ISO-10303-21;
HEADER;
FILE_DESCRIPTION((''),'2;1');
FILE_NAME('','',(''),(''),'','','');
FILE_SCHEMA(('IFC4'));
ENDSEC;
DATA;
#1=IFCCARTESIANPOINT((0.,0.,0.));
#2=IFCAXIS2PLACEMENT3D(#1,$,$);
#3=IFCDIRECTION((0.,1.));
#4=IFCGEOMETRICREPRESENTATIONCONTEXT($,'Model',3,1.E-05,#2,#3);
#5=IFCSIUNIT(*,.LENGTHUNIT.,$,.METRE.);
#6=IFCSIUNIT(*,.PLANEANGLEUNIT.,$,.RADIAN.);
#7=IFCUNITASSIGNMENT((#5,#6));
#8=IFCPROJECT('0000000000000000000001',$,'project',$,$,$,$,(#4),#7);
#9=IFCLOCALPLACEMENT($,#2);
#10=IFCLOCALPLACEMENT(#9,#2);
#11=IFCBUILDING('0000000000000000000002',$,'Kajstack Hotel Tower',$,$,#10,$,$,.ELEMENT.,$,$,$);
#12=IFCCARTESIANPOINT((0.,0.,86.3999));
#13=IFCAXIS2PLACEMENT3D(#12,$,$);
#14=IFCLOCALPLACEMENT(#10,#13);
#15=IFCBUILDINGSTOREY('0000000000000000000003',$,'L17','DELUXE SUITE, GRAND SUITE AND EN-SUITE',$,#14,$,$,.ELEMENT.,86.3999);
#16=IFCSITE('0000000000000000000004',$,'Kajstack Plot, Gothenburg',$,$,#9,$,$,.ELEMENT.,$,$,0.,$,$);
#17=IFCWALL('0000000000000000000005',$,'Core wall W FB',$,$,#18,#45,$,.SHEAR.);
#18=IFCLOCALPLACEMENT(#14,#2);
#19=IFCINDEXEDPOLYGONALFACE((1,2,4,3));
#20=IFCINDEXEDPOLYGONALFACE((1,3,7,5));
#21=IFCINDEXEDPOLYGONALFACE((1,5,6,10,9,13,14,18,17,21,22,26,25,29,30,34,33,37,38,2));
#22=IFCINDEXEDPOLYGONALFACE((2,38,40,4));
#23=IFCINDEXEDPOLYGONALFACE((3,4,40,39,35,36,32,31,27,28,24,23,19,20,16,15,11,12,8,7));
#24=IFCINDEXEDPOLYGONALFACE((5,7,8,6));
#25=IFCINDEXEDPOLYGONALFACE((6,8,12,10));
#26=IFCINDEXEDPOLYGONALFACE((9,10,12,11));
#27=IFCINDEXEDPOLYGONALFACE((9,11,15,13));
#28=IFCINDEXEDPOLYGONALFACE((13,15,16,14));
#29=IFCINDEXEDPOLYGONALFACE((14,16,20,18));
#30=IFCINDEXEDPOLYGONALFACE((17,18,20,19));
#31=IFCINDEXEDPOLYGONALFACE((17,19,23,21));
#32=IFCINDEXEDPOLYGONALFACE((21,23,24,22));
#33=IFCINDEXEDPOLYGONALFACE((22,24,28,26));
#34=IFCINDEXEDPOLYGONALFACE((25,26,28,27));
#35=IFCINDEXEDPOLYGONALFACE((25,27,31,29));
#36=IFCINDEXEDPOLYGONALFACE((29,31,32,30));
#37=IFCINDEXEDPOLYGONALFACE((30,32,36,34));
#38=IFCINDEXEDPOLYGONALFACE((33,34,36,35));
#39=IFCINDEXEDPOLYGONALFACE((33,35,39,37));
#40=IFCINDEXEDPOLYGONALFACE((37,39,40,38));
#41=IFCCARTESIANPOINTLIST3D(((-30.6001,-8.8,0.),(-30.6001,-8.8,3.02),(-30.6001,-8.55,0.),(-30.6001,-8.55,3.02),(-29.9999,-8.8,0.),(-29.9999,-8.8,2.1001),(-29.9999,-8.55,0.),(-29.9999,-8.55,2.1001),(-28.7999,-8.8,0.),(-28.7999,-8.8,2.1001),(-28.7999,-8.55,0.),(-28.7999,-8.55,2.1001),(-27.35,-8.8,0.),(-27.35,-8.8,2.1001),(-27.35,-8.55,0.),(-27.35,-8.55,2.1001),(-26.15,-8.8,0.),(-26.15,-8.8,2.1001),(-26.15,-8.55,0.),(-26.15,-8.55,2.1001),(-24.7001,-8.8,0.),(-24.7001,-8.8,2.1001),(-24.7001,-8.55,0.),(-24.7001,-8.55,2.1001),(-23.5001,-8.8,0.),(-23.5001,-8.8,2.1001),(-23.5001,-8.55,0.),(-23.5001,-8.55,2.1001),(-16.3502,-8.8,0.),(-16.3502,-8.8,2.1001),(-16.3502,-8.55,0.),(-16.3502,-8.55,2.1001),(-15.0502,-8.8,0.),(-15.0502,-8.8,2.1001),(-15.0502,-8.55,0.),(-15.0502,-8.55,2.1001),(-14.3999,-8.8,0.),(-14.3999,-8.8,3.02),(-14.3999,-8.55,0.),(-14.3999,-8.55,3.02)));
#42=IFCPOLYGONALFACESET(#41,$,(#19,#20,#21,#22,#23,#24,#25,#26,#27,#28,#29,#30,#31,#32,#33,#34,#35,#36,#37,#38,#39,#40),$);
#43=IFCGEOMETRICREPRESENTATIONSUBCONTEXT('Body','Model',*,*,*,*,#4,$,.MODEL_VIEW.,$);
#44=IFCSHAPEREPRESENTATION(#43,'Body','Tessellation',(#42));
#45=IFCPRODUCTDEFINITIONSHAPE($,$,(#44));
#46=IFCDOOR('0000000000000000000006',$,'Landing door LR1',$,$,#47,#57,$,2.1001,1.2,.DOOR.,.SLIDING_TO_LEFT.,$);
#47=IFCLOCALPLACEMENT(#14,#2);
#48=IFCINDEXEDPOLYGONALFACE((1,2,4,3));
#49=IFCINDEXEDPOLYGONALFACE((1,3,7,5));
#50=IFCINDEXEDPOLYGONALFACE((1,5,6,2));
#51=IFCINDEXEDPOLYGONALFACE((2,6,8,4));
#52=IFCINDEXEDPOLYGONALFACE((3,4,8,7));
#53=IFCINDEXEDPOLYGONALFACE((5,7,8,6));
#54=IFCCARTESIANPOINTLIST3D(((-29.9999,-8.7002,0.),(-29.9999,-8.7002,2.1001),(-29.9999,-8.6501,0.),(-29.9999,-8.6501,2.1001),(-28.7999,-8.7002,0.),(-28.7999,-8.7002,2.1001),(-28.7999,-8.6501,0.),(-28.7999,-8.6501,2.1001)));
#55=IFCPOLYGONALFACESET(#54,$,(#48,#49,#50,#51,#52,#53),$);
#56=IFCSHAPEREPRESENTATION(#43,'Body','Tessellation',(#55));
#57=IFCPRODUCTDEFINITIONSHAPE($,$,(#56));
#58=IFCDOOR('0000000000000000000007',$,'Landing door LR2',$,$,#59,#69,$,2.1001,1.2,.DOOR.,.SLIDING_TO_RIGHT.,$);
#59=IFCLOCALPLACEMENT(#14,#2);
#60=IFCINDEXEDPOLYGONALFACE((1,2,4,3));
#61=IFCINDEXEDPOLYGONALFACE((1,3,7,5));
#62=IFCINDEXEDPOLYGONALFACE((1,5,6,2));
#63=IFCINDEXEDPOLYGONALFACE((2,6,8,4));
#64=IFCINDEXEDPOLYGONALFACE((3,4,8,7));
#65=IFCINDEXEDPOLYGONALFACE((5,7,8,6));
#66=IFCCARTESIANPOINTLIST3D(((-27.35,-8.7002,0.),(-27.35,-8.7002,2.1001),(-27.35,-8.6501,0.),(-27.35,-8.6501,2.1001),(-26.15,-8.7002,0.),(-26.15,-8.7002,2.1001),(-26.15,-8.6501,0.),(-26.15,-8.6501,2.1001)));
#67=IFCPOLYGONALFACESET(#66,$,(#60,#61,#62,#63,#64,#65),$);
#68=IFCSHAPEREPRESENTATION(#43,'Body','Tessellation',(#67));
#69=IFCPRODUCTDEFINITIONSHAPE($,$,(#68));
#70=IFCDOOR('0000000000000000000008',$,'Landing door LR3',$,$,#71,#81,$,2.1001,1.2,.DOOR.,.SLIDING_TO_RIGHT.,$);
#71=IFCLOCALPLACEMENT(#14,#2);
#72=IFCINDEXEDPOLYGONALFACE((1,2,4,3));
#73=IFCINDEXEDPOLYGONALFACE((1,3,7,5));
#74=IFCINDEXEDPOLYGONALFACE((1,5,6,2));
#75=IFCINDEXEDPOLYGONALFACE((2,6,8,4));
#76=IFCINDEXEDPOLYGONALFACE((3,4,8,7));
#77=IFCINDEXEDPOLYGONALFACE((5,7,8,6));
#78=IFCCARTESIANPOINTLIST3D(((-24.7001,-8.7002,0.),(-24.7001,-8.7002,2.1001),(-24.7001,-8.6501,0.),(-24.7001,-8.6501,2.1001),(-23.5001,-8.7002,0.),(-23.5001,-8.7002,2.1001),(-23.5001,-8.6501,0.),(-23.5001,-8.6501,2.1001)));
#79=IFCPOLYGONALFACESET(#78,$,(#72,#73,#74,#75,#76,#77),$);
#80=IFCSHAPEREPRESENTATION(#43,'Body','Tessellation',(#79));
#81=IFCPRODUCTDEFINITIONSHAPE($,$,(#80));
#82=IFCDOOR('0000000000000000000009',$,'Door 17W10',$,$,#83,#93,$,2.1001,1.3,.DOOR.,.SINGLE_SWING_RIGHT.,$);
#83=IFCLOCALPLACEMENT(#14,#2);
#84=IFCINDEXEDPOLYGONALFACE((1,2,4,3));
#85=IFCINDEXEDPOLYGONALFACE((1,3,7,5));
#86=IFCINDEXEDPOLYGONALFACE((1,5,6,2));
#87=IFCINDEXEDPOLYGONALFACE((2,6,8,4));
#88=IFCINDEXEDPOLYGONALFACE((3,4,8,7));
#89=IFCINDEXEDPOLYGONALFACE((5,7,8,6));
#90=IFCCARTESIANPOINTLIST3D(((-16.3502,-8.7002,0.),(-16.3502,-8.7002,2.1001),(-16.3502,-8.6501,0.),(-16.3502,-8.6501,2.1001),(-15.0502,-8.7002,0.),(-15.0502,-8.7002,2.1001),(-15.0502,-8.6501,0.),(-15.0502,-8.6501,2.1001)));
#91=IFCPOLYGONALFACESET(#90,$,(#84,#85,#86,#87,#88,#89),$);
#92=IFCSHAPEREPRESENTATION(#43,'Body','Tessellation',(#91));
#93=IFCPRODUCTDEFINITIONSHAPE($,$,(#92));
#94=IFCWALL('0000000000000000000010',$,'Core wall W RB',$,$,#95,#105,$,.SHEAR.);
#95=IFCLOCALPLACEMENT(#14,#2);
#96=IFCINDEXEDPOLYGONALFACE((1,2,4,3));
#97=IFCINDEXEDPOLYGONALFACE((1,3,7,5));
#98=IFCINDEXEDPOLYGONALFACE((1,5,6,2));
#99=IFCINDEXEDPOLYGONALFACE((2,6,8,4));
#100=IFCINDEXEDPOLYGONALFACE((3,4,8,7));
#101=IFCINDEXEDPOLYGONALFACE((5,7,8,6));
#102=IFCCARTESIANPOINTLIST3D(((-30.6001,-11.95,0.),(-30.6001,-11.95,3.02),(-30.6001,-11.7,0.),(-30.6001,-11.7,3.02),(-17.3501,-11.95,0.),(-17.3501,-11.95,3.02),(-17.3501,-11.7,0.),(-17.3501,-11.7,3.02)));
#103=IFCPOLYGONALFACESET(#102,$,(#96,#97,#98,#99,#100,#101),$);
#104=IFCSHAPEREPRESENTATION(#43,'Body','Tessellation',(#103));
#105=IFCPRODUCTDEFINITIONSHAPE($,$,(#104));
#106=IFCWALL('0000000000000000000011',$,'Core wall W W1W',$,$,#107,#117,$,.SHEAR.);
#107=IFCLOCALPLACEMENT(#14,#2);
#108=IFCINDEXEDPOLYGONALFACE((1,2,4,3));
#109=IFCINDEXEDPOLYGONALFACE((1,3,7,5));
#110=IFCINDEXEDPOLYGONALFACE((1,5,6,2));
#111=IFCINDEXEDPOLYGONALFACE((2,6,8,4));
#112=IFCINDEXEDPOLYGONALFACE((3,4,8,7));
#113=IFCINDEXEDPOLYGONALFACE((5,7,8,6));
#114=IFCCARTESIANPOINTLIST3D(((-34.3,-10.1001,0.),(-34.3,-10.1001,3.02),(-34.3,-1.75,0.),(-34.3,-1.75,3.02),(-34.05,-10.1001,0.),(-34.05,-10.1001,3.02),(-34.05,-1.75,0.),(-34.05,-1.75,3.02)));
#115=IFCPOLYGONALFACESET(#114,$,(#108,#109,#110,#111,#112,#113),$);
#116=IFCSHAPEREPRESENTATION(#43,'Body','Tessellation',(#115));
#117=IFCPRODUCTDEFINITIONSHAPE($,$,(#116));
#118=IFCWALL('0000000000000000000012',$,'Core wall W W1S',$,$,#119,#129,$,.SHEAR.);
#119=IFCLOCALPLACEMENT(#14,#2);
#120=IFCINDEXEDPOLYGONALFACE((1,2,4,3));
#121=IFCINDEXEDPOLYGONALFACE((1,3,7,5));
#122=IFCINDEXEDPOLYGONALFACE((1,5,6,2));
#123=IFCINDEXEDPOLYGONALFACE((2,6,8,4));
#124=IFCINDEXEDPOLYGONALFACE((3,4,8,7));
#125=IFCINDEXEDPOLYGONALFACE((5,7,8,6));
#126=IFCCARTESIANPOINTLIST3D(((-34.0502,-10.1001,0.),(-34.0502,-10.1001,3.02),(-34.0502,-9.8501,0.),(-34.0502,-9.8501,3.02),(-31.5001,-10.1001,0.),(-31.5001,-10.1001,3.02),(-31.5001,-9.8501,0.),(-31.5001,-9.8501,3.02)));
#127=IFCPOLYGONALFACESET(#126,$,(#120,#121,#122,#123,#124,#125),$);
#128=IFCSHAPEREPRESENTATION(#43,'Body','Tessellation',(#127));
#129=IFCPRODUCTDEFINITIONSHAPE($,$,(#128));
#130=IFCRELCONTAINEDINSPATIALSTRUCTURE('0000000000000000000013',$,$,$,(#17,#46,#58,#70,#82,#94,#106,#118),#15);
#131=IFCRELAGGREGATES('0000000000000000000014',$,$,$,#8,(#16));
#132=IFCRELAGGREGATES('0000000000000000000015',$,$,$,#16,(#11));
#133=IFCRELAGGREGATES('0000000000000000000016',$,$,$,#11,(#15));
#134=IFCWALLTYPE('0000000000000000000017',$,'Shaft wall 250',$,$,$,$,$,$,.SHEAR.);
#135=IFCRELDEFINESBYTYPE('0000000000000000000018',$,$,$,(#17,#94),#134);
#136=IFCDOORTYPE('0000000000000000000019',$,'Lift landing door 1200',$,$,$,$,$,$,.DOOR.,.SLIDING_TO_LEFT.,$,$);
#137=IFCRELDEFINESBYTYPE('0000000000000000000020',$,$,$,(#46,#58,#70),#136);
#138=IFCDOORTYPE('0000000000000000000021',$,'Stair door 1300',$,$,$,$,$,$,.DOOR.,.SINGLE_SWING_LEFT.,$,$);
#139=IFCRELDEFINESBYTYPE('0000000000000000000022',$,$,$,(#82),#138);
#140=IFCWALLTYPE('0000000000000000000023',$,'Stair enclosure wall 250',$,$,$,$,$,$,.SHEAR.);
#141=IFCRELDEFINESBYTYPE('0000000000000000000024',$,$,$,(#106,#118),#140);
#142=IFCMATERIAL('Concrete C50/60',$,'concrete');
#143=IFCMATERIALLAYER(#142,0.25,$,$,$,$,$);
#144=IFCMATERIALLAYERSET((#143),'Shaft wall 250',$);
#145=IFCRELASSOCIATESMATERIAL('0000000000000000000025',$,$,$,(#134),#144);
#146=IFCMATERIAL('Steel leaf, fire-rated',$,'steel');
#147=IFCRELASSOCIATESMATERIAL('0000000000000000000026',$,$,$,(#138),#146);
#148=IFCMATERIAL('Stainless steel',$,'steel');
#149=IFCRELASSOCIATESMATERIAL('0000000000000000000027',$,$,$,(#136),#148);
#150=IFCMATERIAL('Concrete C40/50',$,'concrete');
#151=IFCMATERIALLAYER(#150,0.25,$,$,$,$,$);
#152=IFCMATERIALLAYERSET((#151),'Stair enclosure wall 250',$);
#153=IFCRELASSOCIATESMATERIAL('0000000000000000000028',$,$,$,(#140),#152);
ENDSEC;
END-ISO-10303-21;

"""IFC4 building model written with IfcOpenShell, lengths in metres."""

from ifc_helpers import new_model, si_unit, direction, frame, frame_2d, origin, place, context, subcontext, project, spatial, rectangle, extrude, material, layer, layer_set, type_object, element, fill, save


model = new_model("IFC4")

# Units and contexts
model_context = context("Model", 3, precision=1e-05, world=origin(), true_north=direction((0.0, 1.0)))
body_context = subcontext(model_context, "Body", "Model", "MODEL_VIEW")
ifc_project = project(units=[si_unit("LENGTHUNIT", "METRE"), si_unit("PLANEANGLEUNIT", "RADIAN")], contexts=[model_context])

# Site, building, storey
site_placement = place(None, origin())
site = spatial("IfcSite", under=ifc_project, at=site_placement, Name="Kajstack Plot, Gothenburg", CompositionType="ELEMENT", RefElevation=0.0)
building_placement = place(site_placement, origin())
building = spatial("IfcBuilding", under=site, at=building_placement, Name="Kajstack Hotel Tower", CompositionType="ELEMENT")
storey_placement = place(building_placement, frame((0.0, 0.0, 86.3999)))
storey = spatial("IfcBuildingStorey", under=building, at=storey_placement, Name="L17", Description="DELUXE SUITE, GRAND SUITE AND EN-SUITE", CompositionType="ELEMENT", Elevation=86.3999)

# Shared definitions
ifc_material_1 = material(Name="Stainless steel", Category="steel")

# Shared definitions
ifc_material_2 = material(Name="Concrete C40/50", Category="concrete")

# Shared definitions
ifc_material_3 = material(Name="Concrete C50/60", Category="concrete")
ifc_layer_1 = layer(ifc_material_3, 0.25)
ifc_layer_set_1 = layer_set([ifc_layer_1], Name="Shaft wall 250")
wall_type_1 = type_object("IfcWallType", Name="Shaft wall 250", PredefinedType="SHEAR", material=ifc_layer_set_1)
ifc_material_4 = material(Name="Steel leaf, fire-rated", Category="steel")
door_type_1 = type_object("IfcDoorType", Name="Stair door 1300", OperationType="SINGLE_SWING_LEFT", PredefinedType="DOOR", material=ifc_material_4)

# Wall, openings, doors
wall_1_placement = place(storey_placement, frame((-30.6001, -8.675, 0.0), z_axis=(0.0, 0.0, 1.0), x_axis=(1.0, 0.0, 0.0)))
wall_1 = element("IfcWall", 1, at=wall_1_placement, inside=storey, type_object=wall_type_1, Name="Core wall W FB", PredefinedType="SHEAR", context=body_context, shape_type="SweptSolid", body=[
    extrude(rectangle(XDim=16.2002, YDim=0.25, at=frame_2d((8.1001, 0.0))), origin(), (0.0, 0.0, 1.0), 3.02),
])
opening_1_placement = place(wall_1_placement, frame((0.6001, 0.0, 0.0)))
opening_1 = element("IfcOpeningElement", 2, at=opening_1_placement, cuts=wall_1, PredefinedType="OPENING", context=body_context, shape_type="SweptSolid", body=[
    extrude(rectangle(XDim=1.2, YDim=2.1001, at=frame_2d((0.6001, 1.05))), frame((0.0, 0.135, 0.0), z_axis=(0.0, -1.0, 0.0), x_axis=(1.0, 0.0, 0.0)), (0.0, 0.0, 1.0), 0.27),
])
opening_2_placement = place(wall_1_placement, frame((3.25, 0.0, 0.0)))
opening_2 = element("IfcOpeningElement", 3, at=opening_2_placement, cuts=wall_1, PredefinedType="OPENING", context=body_context, shape_type="SweptSolid", body=[
    extrude(rectangle(XDim=1.2, YDim=2.1001, at=frame_2d((0.6001, 1.05))), frame((0.0, 0.135, 0.0), z_axis=(0.0, -1.0, 0.0), x_axis=(1.0, 0.0, 0.0)), (0.0, 0.0, 1.0), 0.27),
])
opening_3_placement = place(wall_1_placement, frame((5.8999, 0.0, 0.0)))
opening_3 = element("IfcOpeningElement", 4, at=opening_3_placement, cuts=wall_1, PredefinedType="OPENING", context=body_context, shape_type="SweptSolid", body=[
    extrude(rectangle(XDim=1.2, YDim=2.1001, at=frame_2d((0.6001, 1.05))), frame((0.0, 0.135, 0.0), z_axis=(0.0, -1.0, 0.0), x_axis=(1.0, 0.0, 0.0)), (0.0, 0.0, 1.0), 0.27),
])
opening_4_placement = place(wall_1_placement, frame((14.25, 0.0, 0.0)))
opening_4 = element("IfcOpeningElement", 5, at=opening_4_placement, cuts=wall_1, PredefinedType="OPENING", context=body_context, shape_type="SweptSolid", body=[
    extrude(rectangle(XDim=1.3, YDim=2.1001, at=frame_2d((0.6499, 1.05))), frame((0.0, 0.135, 0.0), z_axis=(0.0, -1.0, 0.0), x_axis=(1.0, 0.0, 0.0)), (0.0, 0.0, 1.0), 0.27),
])
door_type_2 = type_object("IfcDoorType", Name="Lift landing door 1200", OperationType="SLIDING_TO_LEFT", PredefinedType="DOOR", material=ifc_material_1)
door_1_placement = place(opening_1_placement, origin())
door_1 = element("IfcDoor", 6, at=door_1_placement, inside=storey, type_object=door_type_2, Name="Landing door LR1", OperationType="SLIDING_TO_LEFT", OverallHeight=2.1001, OverallWidth=1.2, PredefinedType="DOOR", context=body_context, shape_type="SweptSolid", body=[
    extrude(rectangle(XDim=1.2, YDim=2.1001, at=frame_2d((0.6001, 1.05))), frame((0.0, 0.0249, 0.0), z_axis=(0.0, -1.0, 0.0), x_axis=(1.0, 0.0, 0.0)), (0.0, 0.0, 1.0), 0.05),
])
fill(opening_1, door_1)
door_2_placement = place(opening_2_placement, origin())
door_2 = element("IfcDoor", 7, at=door_2_placement, inside=storey, type_object=door_type_2, Name="Landing door LR2", OperationType="SLIDING_TO_RIGHT", OverallHeight=2.1001, OverallWidth=1.2, PredefinedType="DOOR", context=body_context, shape_type="SweptSolid", body=[
    extrude(rectangle(XDim=1.2, YDim=2.1001, at=frame_2d((0.6001, 1.05))), frame((0.0, 0.0249, 0.0), z_axis=(0.0, -1.0, 0.0), x_axis=(1.0, 0.0, 0.0)), (0.0, 0.0, 1.0), 0.05),
])
fill(opening_2, door_2)
door_3_placement = place(opening_3_placement, origin())
door_3 = element("IfcDoor", 8, at=door_3_placement, inside=storey, type_object=door_type_2, Name="Landing door LR3", OperationType="SLIDING_TO_RIGHT", OverallHeight=2.1001, OverallWidth=1.2, PredefinedType="DOOR", context=body_context, shape_type="SweptSolid", body=[
    extrude(rectangle(XDim=1.2, YDim=2.1001, at=frame_2d((0.6001, 1.05))), frame((0.0, 0.0249, 0.0), z_axis=(0.0, -1.0, 0.0), x_axis=(1.0, 0.0, 0.0)), (0.0, 0.0, 1.0), 0.05),
])
fill(opening_3, door_3)
door_4_placement = place(opening_4_placement, origin())
door_4 = element("IfcDoor", 9, at=door_4_placement, inside=storey, type_object=door_type_1, Name="Door 17W10", OperationType="SINGLE_SWING_RIGHT", OverallHeight=2.1001, OverallWidth=1.3, PredefinedType="DOOR", context=body_context, shape_type="SweptSolid", body=[
    extrude(rectangle(XDim=1.3, YDim=2.1001, at=frame_2d((0.6499, 1.05))), frame((0.0, 0.0249, 0.0), z_axis=(0.0, -1.0, 0.0), x_axis=(1.0, 0.0, 0.0)), (0.0, 0.0, 1.0), 0.05),
])
fill(opening_4, door_4)

# Walls
wall_2_placement = place(storey_placement, frame((-30.6001, -11.825, 0.0), z_axis=(0.0, 0.0, 1.0), x_axis=(1.0, 0.0, 0.0)))
element("IfcWall", 10, at=wall_2_placement, inside=storey, type_object=wall_type_1, Name="Core wall W RB", PredefinedType="SHEAR", context=body_context, shape_type="SweptSolid", body=[
    extrude(rectangle(XDim=13.25, YDim=0.25, at=frame_2d((6.625, 0.0))), origin(), (0.0, 0.0, 1.0), 3.02),
])
ifc_layer_2 = layer(ifc_material_2, 0.25)
ifc_layer_set_2 = layer_set([ifc_layer_2], Name="Stair enclosure wall 250")
wall_type_2 = type_object("IfcWallType", Name="Stair enclosure wall 250", PredefinedType="SHEAR", material=ifc_layer_set_2)
wall_3_placement = place(storey_placement, frame((-34.175, -10.1001, 0.0), z_axis=(0.0, 0.0, 1.0), x_axis=(0.0, 1.0, 0.0)))
element("IfcWall", 11, at=wall_3_placement, inside=storey, type_object=wall_type_2, Name="Core wall W W1W", PredefinedType="SHEAR", context=body_context, shape_type="SweptSolid", body=[
    extrude(rectangle(XDim=8.3501, YDim=0.25, at=frame_2d((4.175, 0.0))), origin(), (0.0, 0.0, 1.0), 3.02),
])
wall_4_placement = place(storey_placement, frame((-34.05, -9.9751, 0.0), z_axis=(0.0, 0.0, 1.0), x_axis=(1.0, 0.0, 0.0)))
element("IfcWall", 12, at=wall_4_placement, inside=storey, type_object=wall_type_2, Name="Core wall W W1S", PredefinedType="SHEAR", context=body_context, shape_type="SweptSolid", body=[
    extrude(rectangle(XDim=2.55, YDim=0.25, at=frame_2d((1.2749, 0.0))), origin(), (0.0, 0.0, 1.0), 3.02),
])

save(model, "model.ifc")
